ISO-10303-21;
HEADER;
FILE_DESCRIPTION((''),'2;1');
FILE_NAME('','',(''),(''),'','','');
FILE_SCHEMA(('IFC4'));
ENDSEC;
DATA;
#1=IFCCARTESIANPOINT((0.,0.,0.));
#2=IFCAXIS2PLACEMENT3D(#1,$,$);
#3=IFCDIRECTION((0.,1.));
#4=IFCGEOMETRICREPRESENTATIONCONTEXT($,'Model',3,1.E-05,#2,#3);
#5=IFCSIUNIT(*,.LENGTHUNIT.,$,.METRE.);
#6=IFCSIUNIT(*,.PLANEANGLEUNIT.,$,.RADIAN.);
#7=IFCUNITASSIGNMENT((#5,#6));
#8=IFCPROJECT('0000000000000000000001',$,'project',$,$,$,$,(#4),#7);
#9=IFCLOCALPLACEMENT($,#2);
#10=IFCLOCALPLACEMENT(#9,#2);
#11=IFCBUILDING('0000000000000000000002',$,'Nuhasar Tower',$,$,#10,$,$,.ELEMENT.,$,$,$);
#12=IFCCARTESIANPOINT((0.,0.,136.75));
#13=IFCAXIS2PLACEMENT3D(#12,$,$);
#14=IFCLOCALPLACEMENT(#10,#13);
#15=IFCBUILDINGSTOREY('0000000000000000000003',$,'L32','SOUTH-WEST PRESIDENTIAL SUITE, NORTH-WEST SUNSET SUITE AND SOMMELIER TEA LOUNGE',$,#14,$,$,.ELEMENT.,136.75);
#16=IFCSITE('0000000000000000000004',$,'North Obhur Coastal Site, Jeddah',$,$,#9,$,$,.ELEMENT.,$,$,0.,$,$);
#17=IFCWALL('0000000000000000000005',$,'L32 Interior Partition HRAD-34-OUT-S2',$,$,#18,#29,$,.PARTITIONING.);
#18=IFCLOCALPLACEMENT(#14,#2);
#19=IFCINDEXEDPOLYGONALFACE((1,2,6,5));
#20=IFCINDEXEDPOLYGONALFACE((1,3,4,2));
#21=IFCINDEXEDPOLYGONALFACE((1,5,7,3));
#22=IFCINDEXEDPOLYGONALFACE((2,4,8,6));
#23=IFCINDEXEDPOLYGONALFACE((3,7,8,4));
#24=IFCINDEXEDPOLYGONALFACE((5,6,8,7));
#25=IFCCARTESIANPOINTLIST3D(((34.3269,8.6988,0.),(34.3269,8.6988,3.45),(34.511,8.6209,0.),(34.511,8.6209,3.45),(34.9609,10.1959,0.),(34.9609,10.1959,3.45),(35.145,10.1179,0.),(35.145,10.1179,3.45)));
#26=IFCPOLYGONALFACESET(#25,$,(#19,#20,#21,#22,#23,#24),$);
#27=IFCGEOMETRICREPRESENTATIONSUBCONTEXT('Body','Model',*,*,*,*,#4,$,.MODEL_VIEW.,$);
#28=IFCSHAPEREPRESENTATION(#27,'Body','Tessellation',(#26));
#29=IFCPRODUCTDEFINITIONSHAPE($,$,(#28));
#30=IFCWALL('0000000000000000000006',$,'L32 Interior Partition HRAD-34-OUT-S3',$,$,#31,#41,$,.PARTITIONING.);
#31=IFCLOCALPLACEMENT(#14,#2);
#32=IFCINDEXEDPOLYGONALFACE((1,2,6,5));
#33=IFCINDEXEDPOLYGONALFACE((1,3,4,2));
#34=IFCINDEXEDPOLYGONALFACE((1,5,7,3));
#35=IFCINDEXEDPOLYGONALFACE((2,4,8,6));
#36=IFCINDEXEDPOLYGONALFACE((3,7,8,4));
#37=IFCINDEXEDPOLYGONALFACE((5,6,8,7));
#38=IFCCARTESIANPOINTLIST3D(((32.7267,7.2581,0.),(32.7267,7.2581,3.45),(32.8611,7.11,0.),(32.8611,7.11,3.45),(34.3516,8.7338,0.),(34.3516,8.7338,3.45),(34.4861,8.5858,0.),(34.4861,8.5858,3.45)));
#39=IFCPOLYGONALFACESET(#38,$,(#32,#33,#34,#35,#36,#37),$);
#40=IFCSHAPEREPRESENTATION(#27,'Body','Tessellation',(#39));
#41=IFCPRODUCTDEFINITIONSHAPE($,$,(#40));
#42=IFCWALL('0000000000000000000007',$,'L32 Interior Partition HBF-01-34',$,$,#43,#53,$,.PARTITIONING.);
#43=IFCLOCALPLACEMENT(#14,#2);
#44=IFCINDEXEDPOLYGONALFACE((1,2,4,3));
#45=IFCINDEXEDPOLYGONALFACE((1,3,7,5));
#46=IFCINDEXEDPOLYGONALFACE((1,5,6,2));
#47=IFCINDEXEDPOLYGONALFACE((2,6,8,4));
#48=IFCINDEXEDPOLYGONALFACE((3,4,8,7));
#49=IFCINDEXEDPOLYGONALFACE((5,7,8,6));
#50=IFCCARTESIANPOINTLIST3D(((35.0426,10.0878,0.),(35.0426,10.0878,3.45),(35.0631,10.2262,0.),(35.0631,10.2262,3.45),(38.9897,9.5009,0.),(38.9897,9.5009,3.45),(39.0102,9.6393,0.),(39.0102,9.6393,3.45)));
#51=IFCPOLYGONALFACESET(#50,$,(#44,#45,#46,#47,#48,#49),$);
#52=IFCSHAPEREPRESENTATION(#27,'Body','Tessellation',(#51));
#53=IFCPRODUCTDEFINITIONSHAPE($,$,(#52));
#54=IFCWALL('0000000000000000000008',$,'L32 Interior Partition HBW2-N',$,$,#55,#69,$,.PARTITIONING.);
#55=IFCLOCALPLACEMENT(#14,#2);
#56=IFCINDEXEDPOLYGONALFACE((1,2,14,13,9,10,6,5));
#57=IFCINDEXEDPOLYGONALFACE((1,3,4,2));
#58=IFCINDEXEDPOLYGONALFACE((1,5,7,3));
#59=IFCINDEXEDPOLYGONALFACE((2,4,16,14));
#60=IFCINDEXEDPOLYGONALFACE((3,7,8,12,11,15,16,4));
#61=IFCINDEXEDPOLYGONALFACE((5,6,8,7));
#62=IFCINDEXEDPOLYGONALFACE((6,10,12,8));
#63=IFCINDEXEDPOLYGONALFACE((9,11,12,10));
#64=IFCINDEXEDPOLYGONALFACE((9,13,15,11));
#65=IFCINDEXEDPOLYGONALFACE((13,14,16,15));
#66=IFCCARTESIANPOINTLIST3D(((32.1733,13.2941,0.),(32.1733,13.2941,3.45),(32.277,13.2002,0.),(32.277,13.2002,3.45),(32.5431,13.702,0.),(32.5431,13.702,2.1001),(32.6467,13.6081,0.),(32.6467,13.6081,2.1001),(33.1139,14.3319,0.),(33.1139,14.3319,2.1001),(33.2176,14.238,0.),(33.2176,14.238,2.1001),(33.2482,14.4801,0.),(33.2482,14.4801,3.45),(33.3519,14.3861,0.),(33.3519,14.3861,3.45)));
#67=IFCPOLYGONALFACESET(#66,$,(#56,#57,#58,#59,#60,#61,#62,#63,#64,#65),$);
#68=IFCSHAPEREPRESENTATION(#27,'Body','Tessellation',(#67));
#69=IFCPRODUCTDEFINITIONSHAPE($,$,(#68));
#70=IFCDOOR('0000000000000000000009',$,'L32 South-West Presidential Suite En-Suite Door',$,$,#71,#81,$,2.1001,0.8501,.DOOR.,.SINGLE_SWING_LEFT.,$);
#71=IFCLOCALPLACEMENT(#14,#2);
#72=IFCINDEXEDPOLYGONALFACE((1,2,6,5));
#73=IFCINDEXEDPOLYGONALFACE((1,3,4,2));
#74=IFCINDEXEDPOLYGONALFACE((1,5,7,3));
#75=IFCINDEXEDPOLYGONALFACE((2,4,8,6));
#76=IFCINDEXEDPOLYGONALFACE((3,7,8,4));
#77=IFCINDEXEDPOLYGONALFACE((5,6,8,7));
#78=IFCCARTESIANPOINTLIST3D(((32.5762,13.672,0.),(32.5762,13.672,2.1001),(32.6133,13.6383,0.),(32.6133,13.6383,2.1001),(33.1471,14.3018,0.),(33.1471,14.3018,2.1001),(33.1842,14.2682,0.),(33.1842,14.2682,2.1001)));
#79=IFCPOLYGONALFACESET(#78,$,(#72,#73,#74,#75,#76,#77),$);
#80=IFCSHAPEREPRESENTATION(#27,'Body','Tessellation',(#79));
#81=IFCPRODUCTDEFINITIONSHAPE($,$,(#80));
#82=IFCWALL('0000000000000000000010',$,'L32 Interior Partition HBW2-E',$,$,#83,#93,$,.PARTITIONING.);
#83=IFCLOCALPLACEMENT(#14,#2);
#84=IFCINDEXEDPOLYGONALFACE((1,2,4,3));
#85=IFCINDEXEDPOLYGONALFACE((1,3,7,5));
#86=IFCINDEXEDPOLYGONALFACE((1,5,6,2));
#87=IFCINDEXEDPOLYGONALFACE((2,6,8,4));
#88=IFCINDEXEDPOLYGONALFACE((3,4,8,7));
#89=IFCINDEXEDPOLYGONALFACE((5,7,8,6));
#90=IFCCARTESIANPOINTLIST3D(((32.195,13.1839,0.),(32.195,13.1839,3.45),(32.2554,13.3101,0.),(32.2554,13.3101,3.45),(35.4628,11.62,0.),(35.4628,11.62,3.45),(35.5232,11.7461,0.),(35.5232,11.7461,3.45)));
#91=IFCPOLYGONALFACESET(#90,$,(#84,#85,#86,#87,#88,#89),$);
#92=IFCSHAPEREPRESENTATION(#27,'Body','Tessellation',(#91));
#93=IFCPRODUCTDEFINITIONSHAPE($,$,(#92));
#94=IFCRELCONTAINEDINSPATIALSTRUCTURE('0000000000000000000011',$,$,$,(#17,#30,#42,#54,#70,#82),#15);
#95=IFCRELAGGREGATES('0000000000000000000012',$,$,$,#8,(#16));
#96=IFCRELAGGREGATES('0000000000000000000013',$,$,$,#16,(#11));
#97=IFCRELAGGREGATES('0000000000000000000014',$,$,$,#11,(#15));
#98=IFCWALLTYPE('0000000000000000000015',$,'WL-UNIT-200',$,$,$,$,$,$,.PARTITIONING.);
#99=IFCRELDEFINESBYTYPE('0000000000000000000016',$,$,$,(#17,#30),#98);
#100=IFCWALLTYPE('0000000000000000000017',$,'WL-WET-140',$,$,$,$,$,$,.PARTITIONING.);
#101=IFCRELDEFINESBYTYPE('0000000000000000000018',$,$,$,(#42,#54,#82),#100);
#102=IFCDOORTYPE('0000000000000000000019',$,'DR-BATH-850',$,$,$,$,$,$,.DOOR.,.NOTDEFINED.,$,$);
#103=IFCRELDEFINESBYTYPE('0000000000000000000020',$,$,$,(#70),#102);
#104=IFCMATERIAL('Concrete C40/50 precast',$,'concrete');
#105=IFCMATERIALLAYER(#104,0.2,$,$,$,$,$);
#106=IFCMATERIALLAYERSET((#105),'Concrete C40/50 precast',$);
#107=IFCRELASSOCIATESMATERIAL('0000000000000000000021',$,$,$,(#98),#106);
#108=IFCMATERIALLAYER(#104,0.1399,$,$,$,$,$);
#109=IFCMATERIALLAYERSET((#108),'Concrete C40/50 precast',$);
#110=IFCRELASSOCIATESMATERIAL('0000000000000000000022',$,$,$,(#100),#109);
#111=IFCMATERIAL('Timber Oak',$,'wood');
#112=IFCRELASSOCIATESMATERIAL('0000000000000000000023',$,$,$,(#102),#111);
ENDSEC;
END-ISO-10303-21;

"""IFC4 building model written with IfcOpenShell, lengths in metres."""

from ifc_helpers import new_model, si_unit, direction, frame, frame_2d, origin, place, context, subcontext, project, spatial, rectangle, extrude, material, layer, layer_set, type_object, element, fill, save


model = new_model("IFC4")

# Units and contexts
model_context = context("Model", 3, precision=1e-05, world=origin(), true_north=direction((0.0, 1.0)))
body_context = subcontext(model_context, "Body", "Model", "MODEL_VIEW")
ifc_project = project(units=[si_unit("LENGTHUNIT", "METRE"), si_unit("PLANEANGLEUNIT", "RADIAN")], contexts=[model_context])

# Site, building, storey
site_placement = place(None, origin())
site = spatial("IfcSite", under=ifc_project, at=site_placement, Name="North Obhur Coastal Site, Jeddah", CompositionType="ELEMENT", RefElevation=0.0)
building_placement = place(site_placement, origin())
building = spatial("IfcBuilding", under=site, at=building_placement, Name="Nuhasar Tower", CompositionType="ELEMENT")
storey_placement = place(building_placement, frame((0.0, 0.0, 136.75)))
storey = spatial("IfcBuildingStorey", under=building, at=storey_placement, Name="L32", Description="SOUTH-WEST PRESIDENTIAL SUITE, NORTH-WEST SUNSET SUITE AND SOMMELIER TEA LOUNGE", CompositionType="ELEMENT", Elevation=136.75)

# Walls
ifc_material_1 = material(Name="Concrete C40/50 precast", Category="concrete")
ifc_layer_1 = layer(ifc_material_1, 0.2)
ifc_layer_set_1 = layer_set([ifc_layer_1], Name="Concrete C40/50 precast")
wall_type_1 = type_object("IfcWallType", Name="WL-UNIT-200", PredefinedType="PARTITIONING", material=ifc_layer_set_1)
wall_1_placement = place(storey_placement, frame((35.053, 10.157, 0.0), z_axis=(0.0, 0.0, 1.0), x_axis=(-0.389983, -0.920822, 0.0)))
element("IfcWall", 1, at=wall_1_placement, inside=storey, type_object=wall_type_1, Name="L32 Interior Partition HRAD-34-OUT-S2", PredefinedType="PARTITIONING", context=body_context, shape_type="SweptSolid", body=[
    extrude(rectangle(XDim=1.6257, YDim=0.2, at=frame_2d((0.813, 0.0))), origin(), (0.0, 0.0, 1.0), 3.45),
])
wall_2_placement = place(storey_placement, frame((34.4189, 8.6599, 0.0), z_axis=(0.0, 0.0, 1.0), x_axis=(-0.740267, -0.672313, 0.0)))
element("IfcWall", 2, at=wall_2_placement, inside=storey, type_object=wall_type_1, Name="L32 Interior Partition HRAD-34-OUT-S3", PredefinedType="PARTITIONING", context=body_context, shape_type="SweptSolid", body=[
    extrude(rectangle(XDim=2.1951, YDim=0.2, at=frame_2d((1.0977, 0.0))), origin(), (0.0, 0.0, 1.0), 3.45),
])
ifc_layer_2 = layer(ifc_material_1, 0.1399)
ifc_layer_set_2 = layer_set([ifc_layer_2], Name="Concrete C40/50 precast")
wall_type_2 = type_object("IfcWallType", Name="WL-WET-140", PredefinedType="PARTITIONING", material=ifc_layer_set_2)
wall_3_placement = place(storey_placement, frame((35.053, 10.157, 0.0), z_axis=(0.0, 0.0, 1.0), x_axis=(0.989124, -0.147081, 0.0)))
element("IfcWall", 3, at=wall_3_placement, inside=storey, type_object=wall_type_2, Name="L32 Interior Partition HBF-01-34", PredefinedType="PARTITIONING", context=body_context, shape_type="SweptSolid", body=[
    extrude(rectangle(XDim=3.9905, YDim=0.1399, at=frame_2d((1.9951, 0.0))), origin(), (0.0, 0.0, 1.0), 3.45),
])

# Wall, opening, door
wall_4_placement = place(storey_placement, frame((33.3, 14.4331, 0.0), z_axis=(0.0, 0.0, 1.0), x_axis=(-0.671556, -0.740954, 0.0)))
wall_4 = element("IfcWall", 4, at=wall_4_placement, inside=storey, type_object=wall_type_2, Name="L32 Interior Partition HBW2-N", PredefinedType="PARTITIONING", context=body_context, shape_type="SweptSolid", body=[
    extrude(rectangle(XDim=1.6006, YDim=0.1399, at=frame_2d((0.8003, 0.0))), origin(), (0.0, 0.0, 1.0), 3.45),
])
opening_placement = place(wall_4_placement, frame((0.2, 0.0, 0.0)))
opening = element("IfcOpeningElement", 5, at=opening_placement, cuts=wall_4, PredefinedType="OPENING", context=body_context, shape_type="SweptSolid", body=[
    extrude(rectangle(XDim=0.8501, YDim=2.1001, at=frame_2d((0.425, 1.05))), frame((0.0, 0.0801, 0.0), z_axis=(0.0, -1.0, 0.0), x_axis=(1.0, 0.0, 0.0)), (0.0, 0.0, 1.0), 0.1599),
])
ifc_material_2 = material(Name="Timber Oak", Category="wood")
door_type = type_object("IfcDoorType", Name="DR-BATH-850", OperationType="NOTDEFINED", PredefinedType="DOOR", material=ifc_material_2)
door_placement = place(opening_placement, origin())
door = element("IfcDoor", 6, at=door_placement, inside=storey, type_object=door_type, Name="L32 South-West Presidential Suite En-Suite Door", OperationType="SINGLE_SWING_LEFT", OverallHeight=2.1001, OverallWidth=0.8501, PredefinedType="DOOR", context=body_context, shape_type="SweptSolid", body=[
    extrude(rectangle(XDim=0.8501, YDim=2.1001, at=frame_2d((0.425, 1.05))), frame((0.0, 0.0249, 0.0), z_axis=(0.0, -1.0, 0.0), x_axis=(1.0, 0.0, 0.0)), (0.0, 0.0, 1.0), 0.05),
])
fill(opening, door)

# Wall
wall_5_placement = place(storey_placement, frame((32.2251, 13.2471, 0.0), z_axis=(0.0, 0.0, 1.0), x_axis=(0.902017, -0.431701, 0.0)))
element("IfcWall", 7, at=wall_5_placement, inside=storey, type_object=wall_type_2, Name="L32 Interior Partition HBW2-E", PredefinedType="PARTITIONING", context=body_context, shape_type="SweptSolid", body=[
    extrude(rectangle(XDim=3.6228, YDim=0.1399, at=frame_2d((1.8115, 0.0))), origin(), (0.0, 0.0, 1.0), 3.45),
])

save(model, "model.ifc")
